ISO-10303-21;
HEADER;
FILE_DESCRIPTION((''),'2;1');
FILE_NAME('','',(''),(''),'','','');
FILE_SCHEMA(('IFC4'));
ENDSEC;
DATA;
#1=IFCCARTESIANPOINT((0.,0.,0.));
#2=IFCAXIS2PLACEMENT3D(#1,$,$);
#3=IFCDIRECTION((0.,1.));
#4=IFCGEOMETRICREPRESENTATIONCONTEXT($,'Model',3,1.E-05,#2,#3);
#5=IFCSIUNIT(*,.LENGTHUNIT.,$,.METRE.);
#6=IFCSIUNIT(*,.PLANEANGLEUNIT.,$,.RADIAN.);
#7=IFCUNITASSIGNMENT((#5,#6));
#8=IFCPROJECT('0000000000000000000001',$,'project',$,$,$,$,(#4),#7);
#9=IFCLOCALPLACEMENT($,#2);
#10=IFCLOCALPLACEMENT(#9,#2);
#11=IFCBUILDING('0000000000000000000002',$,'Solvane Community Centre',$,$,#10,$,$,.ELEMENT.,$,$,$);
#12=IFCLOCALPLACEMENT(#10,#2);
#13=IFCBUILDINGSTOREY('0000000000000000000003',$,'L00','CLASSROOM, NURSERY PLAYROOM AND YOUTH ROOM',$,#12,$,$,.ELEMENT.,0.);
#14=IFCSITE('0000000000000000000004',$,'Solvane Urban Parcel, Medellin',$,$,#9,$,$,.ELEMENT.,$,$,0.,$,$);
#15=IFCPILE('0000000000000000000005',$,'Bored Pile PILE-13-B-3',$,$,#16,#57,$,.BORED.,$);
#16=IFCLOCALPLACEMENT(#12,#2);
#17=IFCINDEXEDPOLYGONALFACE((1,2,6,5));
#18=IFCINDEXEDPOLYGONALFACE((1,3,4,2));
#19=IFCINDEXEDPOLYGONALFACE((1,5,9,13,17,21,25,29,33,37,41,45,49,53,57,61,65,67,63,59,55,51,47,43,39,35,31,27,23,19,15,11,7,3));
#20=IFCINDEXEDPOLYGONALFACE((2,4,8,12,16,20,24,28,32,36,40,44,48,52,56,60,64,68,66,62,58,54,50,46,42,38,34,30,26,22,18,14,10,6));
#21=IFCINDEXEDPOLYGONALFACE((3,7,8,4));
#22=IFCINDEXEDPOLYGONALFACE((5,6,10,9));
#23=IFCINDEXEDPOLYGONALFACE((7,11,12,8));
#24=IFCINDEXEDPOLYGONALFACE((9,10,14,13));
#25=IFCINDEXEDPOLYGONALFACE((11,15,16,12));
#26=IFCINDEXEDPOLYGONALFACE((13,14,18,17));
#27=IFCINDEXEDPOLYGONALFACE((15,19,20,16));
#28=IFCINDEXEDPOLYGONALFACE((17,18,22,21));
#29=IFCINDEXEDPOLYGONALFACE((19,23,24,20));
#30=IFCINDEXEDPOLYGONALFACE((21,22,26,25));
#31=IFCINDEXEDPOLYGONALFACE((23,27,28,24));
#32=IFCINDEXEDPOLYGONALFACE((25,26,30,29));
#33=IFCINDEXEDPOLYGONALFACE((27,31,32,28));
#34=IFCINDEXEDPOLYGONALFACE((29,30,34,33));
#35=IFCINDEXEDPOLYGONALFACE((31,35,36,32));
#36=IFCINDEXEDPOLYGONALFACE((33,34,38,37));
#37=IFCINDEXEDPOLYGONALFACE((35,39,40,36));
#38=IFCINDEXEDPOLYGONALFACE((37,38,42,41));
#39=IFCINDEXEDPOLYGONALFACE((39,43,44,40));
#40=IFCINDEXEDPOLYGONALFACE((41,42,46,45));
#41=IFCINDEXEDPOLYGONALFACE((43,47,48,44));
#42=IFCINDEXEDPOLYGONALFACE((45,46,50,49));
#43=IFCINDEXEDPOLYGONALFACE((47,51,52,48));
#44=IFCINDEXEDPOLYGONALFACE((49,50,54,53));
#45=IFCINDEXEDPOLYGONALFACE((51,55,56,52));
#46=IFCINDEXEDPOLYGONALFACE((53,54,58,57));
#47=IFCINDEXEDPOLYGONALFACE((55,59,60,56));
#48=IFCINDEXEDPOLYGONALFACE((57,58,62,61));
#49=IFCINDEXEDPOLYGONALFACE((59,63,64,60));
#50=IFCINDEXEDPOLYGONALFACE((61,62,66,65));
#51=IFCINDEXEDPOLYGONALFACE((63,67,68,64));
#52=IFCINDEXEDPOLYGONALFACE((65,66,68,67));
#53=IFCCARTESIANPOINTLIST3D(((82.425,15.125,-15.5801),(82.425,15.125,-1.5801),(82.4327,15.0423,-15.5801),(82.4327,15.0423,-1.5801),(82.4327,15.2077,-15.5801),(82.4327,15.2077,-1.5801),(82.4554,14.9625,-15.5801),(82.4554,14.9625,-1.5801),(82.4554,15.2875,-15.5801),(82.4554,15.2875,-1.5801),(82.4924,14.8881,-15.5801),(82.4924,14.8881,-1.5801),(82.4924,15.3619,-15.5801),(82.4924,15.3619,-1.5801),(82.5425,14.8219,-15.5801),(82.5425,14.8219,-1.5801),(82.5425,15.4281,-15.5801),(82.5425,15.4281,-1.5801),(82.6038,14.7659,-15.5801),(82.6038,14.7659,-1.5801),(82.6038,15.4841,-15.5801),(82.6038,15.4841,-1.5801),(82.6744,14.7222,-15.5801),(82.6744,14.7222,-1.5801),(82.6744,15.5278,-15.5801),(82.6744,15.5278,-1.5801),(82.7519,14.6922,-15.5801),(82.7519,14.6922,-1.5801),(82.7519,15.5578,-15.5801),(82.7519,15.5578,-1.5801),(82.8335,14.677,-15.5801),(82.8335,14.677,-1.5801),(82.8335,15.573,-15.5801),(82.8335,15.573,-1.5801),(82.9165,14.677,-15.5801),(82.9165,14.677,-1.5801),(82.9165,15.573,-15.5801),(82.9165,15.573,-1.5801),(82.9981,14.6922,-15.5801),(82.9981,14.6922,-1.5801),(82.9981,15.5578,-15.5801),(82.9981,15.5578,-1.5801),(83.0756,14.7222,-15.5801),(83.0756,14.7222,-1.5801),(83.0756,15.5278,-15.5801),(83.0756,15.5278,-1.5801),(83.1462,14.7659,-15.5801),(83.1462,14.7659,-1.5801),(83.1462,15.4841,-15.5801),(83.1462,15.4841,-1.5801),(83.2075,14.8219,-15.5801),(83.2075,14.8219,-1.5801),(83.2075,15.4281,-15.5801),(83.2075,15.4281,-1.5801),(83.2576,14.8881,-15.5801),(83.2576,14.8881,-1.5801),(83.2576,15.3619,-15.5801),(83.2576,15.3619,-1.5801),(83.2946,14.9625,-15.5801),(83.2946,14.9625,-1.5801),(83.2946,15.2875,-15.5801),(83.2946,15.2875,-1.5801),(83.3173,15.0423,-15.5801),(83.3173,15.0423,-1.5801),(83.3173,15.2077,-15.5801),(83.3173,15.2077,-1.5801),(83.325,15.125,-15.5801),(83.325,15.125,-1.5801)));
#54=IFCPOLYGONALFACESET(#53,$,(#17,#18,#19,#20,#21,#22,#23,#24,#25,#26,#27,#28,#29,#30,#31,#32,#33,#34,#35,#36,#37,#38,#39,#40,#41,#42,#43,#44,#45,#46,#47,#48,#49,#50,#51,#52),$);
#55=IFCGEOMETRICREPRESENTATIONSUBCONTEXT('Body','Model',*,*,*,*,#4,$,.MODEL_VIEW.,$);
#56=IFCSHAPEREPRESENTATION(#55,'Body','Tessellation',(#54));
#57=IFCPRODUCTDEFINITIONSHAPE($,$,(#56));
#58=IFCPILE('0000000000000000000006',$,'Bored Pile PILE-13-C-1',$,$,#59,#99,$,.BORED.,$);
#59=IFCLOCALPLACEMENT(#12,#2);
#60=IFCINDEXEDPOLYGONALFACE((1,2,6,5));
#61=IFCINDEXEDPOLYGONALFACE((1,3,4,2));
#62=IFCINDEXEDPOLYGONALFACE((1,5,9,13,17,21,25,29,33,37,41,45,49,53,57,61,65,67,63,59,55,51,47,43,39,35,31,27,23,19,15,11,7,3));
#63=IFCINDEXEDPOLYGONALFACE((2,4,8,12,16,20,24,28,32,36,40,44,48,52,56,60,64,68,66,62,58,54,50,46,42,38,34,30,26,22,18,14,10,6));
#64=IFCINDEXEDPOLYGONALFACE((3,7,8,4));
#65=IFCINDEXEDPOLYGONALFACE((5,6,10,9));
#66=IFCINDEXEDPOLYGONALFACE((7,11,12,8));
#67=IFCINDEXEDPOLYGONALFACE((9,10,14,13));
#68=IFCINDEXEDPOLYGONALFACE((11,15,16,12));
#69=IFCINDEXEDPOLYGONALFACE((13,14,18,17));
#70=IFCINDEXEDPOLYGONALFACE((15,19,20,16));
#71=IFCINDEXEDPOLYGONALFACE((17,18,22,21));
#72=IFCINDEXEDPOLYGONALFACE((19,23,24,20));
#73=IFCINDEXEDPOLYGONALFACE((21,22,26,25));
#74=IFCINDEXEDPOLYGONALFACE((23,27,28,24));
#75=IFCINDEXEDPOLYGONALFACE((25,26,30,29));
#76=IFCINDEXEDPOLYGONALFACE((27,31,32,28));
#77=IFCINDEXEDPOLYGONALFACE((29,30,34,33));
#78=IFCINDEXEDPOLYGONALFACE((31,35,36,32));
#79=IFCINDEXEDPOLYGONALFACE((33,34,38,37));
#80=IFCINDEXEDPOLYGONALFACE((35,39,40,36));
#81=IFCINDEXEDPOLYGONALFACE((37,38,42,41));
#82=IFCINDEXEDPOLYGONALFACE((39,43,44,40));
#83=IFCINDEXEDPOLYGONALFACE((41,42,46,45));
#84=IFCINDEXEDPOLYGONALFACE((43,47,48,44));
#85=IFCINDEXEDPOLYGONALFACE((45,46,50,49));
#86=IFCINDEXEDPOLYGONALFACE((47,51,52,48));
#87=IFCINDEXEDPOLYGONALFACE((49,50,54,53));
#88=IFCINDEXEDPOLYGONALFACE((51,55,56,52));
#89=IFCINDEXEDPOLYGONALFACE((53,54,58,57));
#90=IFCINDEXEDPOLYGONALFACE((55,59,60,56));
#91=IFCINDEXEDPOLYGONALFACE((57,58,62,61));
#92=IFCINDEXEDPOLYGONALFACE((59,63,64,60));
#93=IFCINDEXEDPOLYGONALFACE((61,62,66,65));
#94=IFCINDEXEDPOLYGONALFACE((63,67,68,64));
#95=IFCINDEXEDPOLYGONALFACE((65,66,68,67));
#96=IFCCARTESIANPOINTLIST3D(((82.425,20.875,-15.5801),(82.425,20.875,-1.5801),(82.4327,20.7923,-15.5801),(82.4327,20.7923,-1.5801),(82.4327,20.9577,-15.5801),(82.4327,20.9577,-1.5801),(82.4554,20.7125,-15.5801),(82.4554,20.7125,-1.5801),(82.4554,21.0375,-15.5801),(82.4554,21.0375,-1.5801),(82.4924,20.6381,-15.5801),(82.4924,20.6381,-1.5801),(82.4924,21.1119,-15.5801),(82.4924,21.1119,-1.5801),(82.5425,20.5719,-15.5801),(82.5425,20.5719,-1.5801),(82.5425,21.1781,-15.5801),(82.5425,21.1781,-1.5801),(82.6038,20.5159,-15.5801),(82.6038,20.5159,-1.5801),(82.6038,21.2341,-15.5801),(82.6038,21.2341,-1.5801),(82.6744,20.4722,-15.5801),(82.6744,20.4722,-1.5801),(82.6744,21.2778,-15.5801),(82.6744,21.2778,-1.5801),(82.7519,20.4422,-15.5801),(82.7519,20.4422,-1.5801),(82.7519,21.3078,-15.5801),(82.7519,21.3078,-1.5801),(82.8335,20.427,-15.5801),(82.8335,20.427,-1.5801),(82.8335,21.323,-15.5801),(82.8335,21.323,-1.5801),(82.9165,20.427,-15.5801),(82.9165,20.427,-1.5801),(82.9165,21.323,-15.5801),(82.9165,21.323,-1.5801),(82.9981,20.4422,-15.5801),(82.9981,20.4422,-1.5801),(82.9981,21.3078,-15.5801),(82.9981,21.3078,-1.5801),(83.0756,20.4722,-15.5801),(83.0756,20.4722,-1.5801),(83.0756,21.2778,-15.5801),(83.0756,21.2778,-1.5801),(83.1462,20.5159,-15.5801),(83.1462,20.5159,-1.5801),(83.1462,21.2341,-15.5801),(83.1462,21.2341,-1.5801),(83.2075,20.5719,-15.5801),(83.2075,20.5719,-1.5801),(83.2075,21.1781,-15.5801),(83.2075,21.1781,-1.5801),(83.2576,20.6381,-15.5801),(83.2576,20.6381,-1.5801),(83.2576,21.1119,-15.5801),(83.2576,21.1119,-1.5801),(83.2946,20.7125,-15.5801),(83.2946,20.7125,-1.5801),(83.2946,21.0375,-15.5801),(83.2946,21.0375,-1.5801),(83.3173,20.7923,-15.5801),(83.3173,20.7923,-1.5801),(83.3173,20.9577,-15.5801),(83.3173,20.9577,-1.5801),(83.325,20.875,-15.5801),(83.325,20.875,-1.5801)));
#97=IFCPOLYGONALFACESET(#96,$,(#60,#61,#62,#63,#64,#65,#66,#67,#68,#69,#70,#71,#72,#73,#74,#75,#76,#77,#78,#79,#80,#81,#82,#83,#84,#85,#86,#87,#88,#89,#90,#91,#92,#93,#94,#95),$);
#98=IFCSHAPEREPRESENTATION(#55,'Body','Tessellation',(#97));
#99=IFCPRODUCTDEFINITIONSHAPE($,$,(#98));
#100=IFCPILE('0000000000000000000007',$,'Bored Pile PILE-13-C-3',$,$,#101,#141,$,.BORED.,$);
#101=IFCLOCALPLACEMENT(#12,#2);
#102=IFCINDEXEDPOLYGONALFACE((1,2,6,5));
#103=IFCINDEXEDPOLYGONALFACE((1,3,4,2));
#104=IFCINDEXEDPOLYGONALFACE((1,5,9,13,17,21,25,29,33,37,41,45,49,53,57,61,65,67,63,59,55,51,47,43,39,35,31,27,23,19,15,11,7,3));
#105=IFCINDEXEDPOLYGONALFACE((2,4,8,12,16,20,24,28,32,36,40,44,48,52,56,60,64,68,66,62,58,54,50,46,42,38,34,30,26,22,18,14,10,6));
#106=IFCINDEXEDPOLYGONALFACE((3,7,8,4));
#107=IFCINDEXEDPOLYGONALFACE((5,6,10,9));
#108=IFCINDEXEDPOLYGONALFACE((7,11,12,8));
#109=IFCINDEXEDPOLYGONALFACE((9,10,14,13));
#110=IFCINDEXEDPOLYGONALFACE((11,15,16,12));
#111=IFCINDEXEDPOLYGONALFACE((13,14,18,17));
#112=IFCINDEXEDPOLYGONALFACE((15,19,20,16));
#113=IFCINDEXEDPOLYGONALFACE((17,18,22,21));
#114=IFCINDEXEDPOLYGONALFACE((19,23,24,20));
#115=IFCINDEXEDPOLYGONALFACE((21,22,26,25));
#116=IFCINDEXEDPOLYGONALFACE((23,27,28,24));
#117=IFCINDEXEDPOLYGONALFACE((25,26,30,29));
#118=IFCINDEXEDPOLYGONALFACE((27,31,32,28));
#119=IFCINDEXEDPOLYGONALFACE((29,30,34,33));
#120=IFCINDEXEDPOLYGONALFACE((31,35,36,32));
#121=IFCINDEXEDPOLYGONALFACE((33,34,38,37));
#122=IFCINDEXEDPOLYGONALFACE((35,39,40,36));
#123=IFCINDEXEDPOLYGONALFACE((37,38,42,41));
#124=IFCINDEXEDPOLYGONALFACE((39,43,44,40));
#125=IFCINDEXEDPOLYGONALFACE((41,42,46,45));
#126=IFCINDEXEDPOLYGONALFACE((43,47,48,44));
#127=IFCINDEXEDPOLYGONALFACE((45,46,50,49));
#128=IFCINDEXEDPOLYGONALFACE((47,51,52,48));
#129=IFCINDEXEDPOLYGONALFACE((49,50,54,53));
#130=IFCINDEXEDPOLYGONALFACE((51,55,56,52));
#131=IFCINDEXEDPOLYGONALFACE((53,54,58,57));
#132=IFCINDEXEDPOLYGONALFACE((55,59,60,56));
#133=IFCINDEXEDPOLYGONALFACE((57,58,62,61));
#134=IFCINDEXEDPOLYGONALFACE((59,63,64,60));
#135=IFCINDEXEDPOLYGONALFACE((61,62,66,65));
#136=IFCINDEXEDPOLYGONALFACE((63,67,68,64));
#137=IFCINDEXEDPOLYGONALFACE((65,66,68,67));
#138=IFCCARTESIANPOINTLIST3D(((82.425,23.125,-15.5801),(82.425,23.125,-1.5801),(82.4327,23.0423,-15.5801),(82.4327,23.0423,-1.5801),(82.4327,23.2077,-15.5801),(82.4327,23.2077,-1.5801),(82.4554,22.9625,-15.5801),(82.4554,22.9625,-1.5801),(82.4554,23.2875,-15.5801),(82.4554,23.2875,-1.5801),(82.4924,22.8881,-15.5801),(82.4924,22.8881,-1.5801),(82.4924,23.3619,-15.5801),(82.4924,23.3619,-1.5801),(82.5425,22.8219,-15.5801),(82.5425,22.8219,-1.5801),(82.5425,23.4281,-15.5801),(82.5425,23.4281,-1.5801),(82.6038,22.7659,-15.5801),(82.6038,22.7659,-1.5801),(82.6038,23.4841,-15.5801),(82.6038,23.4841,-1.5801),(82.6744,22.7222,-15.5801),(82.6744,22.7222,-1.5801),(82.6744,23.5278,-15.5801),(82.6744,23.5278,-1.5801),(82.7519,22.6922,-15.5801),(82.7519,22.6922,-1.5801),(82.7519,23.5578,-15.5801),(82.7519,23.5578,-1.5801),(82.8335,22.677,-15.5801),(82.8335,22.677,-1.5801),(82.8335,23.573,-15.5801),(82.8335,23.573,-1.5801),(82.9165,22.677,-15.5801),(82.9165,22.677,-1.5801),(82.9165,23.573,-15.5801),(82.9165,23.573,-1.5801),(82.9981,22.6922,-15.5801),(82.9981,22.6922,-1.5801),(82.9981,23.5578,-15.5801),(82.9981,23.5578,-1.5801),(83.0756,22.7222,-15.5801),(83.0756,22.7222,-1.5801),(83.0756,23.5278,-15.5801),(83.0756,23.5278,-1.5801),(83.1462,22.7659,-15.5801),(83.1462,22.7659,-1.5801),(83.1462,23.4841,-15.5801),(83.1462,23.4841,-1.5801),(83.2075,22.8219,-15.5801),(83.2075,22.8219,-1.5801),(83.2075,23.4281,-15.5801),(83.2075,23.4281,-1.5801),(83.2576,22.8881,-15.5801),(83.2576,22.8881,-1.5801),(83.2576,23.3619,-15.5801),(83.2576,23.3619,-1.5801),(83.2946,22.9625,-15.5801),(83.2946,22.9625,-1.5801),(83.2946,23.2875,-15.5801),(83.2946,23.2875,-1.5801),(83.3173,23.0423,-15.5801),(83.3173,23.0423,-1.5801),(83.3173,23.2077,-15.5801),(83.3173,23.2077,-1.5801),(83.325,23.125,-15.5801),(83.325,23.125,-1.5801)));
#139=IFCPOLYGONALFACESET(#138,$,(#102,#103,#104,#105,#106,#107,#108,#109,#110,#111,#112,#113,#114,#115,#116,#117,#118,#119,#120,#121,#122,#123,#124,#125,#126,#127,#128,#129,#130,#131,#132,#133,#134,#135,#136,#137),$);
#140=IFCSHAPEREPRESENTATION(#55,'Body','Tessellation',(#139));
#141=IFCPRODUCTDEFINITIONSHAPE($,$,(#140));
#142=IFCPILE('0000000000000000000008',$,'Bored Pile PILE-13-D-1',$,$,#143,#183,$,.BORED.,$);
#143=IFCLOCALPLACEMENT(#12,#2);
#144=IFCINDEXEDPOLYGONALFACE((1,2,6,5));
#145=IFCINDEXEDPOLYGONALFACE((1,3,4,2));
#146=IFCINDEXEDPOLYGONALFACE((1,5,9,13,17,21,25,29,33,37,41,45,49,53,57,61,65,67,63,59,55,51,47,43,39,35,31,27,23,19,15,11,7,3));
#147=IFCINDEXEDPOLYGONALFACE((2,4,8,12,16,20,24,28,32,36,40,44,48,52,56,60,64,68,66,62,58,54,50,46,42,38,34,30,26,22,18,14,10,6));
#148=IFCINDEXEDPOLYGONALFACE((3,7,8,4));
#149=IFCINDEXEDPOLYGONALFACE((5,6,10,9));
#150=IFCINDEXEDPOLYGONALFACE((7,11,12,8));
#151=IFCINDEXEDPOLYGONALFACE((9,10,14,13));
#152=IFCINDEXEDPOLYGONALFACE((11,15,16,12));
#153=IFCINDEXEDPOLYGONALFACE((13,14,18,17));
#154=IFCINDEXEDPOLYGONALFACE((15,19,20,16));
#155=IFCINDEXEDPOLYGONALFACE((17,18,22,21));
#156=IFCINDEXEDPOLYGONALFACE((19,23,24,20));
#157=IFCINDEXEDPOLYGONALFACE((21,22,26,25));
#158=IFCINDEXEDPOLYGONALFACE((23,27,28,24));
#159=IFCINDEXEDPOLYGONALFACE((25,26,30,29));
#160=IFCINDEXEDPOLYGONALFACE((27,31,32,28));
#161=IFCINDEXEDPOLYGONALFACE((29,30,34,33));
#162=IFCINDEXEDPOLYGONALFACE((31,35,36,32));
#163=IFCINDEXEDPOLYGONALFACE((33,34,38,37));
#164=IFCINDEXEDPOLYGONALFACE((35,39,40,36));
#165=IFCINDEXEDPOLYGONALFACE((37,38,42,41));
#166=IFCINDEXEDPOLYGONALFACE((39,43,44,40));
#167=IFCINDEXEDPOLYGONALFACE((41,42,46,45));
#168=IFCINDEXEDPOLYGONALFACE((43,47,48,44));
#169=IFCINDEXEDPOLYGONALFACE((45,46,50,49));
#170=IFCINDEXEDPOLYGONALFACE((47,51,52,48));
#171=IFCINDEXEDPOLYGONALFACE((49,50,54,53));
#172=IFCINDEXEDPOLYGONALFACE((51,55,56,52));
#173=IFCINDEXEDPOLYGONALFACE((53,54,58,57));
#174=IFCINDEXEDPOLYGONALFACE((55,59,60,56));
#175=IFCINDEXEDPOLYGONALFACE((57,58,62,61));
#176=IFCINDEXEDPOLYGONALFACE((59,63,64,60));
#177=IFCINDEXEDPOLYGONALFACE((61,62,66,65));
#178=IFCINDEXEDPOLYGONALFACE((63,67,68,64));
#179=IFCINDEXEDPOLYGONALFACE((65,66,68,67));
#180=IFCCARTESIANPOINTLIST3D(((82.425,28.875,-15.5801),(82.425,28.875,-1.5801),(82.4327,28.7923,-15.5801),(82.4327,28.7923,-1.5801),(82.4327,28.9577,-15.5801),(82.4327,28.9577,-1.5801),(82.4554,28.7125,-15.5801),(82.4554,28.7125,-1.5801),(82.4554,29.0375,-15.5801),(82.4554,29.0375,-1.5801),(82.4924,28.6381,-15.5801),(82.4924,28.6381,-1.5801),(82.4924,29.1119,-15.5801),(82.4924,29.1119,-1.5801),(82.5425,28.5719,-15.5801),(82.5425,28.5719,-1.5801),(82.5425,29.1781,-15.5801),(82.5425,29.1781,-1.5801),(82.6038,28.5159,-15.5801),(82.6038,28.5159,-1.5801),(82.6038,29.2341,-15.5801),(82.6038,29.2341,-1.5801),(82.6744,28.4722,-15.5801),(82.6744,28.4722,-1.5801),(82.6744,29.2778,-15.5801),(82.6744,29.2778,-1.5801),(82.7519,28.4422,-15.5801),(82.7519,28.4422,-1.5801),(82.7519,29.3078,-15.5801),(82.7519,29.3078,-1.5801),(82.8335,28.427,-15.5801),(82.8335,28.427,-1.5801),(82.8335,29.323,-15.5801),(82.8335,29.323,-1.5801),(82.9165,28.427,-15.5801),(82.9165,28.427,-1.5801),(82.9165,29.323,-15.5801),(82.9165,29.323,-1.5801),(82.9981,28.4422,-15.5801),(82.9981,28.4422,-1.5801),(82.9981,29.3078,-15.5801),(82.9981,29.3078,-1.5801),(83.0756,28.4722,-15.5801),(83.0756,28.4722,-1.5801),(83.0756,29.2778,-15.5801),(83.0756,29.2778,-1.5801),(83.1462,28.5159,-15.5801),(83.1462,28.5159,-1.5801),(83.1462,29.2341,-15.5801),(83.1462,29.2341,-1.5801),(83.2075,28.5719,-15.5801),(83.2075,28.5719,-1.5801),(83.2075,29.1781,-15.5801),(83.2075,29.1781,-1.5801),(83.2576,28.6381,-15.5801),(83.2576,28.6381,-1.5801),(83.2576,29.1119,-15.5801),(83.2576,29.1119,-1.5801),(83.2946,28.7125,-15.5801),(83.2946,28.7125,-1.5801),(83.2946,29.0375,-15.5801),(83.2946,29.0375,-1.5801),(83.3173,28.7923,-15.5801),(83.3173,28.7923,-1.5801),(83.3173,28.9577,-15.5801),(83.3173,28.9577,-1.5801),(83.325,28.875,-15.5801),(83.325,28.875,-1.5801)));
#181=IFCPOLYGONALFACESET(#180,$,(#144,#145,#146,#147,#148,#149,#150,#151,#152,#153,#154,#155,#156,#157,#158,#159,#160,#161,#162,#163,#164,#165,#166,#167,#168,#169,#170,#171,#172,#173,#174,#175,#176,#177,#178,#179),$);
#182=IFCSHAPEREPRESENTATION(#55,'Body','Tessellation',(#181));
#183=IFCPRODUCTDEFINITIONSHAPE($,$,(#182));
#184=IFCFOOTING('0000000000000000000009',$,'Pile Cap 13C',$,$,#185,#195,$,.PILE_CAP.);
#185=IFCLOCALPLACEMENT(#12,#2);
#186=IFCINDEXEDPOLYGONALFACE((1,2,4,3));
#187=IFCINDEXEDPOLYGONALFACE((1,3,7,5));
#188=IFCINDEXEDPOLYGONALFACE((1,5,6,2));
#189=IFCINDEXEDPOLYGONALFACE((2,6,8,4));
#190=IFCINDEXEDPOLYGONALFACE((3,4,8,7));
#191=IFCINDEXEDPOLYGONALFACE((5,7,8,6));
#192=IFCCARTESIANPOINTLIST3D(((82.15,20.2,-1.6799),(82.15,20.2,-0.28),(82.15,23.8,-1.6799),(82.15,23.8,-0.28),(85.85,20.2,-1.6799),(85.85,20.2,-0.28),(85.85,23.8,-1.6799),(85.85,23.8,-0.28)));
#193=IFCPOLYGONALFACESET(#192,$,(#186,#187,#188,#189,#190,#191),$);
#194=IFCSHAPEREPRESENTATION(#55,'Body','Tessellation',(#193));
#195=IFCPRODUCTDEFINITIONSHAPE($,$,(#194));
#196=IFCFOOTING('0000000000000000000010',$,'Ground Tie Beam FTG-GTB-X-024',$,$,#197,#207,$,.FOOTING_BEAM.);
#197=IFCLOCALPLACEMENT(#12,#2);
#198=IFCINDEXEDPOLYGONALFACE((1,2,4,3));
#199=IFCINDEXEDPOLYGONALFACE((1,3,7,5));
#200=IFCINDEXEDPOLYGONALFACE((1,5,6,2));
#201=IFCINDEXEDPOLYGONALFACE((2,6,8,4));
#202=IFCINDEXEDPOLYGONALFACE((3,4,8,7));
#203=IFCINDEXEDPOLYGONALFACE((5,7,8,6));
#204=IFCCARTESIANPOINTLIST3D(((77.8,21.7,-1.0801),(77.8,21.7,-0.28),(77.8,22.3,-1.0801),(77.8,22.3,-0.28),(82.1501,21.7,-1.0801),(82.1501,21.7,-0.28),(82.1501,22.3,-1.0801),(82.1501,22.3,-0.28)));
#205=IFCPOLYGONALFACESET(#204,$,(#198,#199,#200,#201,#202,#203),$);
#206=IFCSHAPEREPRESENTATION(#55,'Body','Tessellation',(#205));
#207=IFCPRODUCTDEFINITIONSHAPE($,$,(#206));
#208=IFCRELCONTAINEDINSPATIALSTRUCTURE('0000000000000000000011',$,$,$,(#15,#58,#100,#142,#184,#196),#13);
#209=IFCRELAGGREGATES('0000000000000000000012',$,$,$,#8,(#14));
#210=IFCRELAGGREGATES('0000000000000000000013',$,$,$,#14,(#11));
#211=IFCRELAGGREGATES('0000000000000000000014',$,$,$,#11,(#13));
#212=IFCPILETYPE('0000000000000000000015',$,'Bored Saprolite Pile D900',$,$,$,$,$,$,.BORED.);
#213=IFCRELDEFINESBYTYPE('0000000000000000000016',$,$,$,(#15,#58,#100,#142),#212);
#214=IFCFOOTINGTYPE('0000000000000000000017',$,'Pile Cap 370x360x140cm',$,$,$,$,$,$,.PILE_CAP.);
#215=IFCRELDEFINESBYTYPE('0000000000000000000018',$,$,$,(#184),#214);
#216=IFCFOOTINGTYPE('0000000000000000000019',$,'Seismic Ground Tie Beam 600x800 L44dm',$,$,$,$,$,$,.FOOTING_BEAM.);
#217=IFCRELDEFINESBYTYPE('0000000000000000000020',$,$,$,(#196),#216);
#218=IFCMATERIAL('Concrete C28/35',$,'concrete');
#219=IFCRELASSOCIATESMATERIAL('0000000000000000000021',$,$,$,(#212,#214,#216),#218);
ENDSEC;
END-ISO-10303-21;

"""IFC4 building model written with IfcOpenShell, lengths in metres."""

from ifc_helpers import new_model, si_unit, direction, frame, origin, origin_2d, place, context, subcontext, project, spatial, rectangle, circle, extrude, material, material_profile, profile_set, type_object, element, save


model = new_model("IFC4")

# Units and contexts
model_context = context("Model", 3, precision=1e-05, world=origin(), true_north=direction((0.0, 1.0)))
body_context = subcontext(model_context, "Body", "Model", "MODEL_VIEW")
ifc_project = project(units=[si_unit("LENGTHUNIT", "METRE"), si_unit("PLANEANGLEUNIT", "RADIAN")], contexts=[model_context])

# Site, building, storey
site_placement = place(None, origin())
site = spatial("IfcSite", under=ifc_project, at=site_placement, Name="Solvane Urban Parcel, Medellin", CompositionType="ELEMENT", RefElevation=0.0)
building_placement = place(site_placement, origin())
building = spatial("IfcBuilding", under=site, at=building_placement, Name="Solvane Community Centre", CompositionType="ELEMENT")
storey_placement = place(building_placement, origin())
storey = spatial("IfcBuildingStorey", under=building, at=storey_placement, Name="L00", Description="CLASSROOM, NURSERY PLAYROOM AND YOUTH ROOM", CompositionType="ELEMENT", Elevation=0.0)

# Piles
ifc_material_1 = material(Name="Concrete C28/35", Category="concrete")
ifc_material_profile_1 = material_profile(ifc_material_1, circle(Radius=0.45, at=origin_2d()), Name="PILE D900")
ifc_profile_set_1 = profile_set([ifc_material_profile_1], Name="Concrete C28/35")
pile_type_1 = type_object("IfcPileType", Name="Bored Saprolite Pile D900", PredefinedType="BORED", material=ifc_profile_set_1)
for number, where, z_axis, x_axis, name in (
    (1, (82.875, 15.125, -1.5801), (0.0, 0.0, -1.0), (1.0, 0.0, 0.0), "Bored Pile PILE-13-B-3"),
    (2, (82.875, 20.875, -1.5801), (0.0, 0.0, -1.0), (1.0, 0.0, 0.0), "Bored Pile PILE-13-C-1"),
    (3, (82.875, 23.125, -1.5801), (0.0, 0.0, -1.0), (1.0, 0.0, 0.0), "Bored Pile PILE-13-C-3"),
    (4, (82.875, 28.875, -1.5801), (0.0, 0.0, -1.0), (1.0, 0.0, 0.0), "Bored Pile PILE-13-D-1"),
):
    element("IfcPile", number, at=place(storey_placement, frame(where, z_axis=z_axis, x_axis=x_axis)), inside=storey, type_object=pile_type_1, Name=name, PredefinedType="BORED", context=body_context, shape_type="SweptSolid", body=[
        extrude(circle(Radius=0.45, at=origin_2d()), origin(), (0.0, 0.0, 1.0), 14.0),
    ])

# Footings
footing_type_1 = type_object("IfcFootingType", Name="Pile Cap 370x360x140cm", PredefinedType="PILE_CAP", material=ifc_material_1)
footing_1_placement = place(storey_placement, frame((84.0, 22.0, -1.6799), z_axis=(0.0, 0.0, 1.0), x_axis=(1.0, 0.0, 0.0)))
element("IfcFooting", 5, at=footing_1_placement, inside=storey, type_object=footing_type_1, Name="Pile Cap 13C", PredefinedType="PILE_CAP", context=body_context, shape_type="SweptSolid", body=[
    extrude(rectangle(XDim=3.7, YDim=3.6001, at=origin_2d()), origin(), (0.0, 0.0, 1.0), 1.3999),
])
footing_type_2 = type_object("IfcFootingType", Name="Seismic Ground Tie Beam 600x800 L44dm", PredefinedType="FOOTING_BEAM", material=ifc_material_1)
footing_2_placement = place(storey_placement, frame((79.9751, 22.0, -1.0801), z_axis=(0.0, 0.0, 1.0), x_axis=(1.0, 0.0, 0.0)))
element("IfcFooting", 6, at=footing_2_placement, inside=storey, type_object=footing_type_2, Name="Ground Tie Beam FTG-GTB-X-024", PredefinedType="FOOTING_BEAM", context=body_context, shape_type="SweptSolid", body=[
    extrude(rectangle(XDim=4.3501, YDim=0.6001, at=origin_2d()), origin(), (0.0, 0.0, 1.0), 0.8),
])

save(model, "model.ifc")
